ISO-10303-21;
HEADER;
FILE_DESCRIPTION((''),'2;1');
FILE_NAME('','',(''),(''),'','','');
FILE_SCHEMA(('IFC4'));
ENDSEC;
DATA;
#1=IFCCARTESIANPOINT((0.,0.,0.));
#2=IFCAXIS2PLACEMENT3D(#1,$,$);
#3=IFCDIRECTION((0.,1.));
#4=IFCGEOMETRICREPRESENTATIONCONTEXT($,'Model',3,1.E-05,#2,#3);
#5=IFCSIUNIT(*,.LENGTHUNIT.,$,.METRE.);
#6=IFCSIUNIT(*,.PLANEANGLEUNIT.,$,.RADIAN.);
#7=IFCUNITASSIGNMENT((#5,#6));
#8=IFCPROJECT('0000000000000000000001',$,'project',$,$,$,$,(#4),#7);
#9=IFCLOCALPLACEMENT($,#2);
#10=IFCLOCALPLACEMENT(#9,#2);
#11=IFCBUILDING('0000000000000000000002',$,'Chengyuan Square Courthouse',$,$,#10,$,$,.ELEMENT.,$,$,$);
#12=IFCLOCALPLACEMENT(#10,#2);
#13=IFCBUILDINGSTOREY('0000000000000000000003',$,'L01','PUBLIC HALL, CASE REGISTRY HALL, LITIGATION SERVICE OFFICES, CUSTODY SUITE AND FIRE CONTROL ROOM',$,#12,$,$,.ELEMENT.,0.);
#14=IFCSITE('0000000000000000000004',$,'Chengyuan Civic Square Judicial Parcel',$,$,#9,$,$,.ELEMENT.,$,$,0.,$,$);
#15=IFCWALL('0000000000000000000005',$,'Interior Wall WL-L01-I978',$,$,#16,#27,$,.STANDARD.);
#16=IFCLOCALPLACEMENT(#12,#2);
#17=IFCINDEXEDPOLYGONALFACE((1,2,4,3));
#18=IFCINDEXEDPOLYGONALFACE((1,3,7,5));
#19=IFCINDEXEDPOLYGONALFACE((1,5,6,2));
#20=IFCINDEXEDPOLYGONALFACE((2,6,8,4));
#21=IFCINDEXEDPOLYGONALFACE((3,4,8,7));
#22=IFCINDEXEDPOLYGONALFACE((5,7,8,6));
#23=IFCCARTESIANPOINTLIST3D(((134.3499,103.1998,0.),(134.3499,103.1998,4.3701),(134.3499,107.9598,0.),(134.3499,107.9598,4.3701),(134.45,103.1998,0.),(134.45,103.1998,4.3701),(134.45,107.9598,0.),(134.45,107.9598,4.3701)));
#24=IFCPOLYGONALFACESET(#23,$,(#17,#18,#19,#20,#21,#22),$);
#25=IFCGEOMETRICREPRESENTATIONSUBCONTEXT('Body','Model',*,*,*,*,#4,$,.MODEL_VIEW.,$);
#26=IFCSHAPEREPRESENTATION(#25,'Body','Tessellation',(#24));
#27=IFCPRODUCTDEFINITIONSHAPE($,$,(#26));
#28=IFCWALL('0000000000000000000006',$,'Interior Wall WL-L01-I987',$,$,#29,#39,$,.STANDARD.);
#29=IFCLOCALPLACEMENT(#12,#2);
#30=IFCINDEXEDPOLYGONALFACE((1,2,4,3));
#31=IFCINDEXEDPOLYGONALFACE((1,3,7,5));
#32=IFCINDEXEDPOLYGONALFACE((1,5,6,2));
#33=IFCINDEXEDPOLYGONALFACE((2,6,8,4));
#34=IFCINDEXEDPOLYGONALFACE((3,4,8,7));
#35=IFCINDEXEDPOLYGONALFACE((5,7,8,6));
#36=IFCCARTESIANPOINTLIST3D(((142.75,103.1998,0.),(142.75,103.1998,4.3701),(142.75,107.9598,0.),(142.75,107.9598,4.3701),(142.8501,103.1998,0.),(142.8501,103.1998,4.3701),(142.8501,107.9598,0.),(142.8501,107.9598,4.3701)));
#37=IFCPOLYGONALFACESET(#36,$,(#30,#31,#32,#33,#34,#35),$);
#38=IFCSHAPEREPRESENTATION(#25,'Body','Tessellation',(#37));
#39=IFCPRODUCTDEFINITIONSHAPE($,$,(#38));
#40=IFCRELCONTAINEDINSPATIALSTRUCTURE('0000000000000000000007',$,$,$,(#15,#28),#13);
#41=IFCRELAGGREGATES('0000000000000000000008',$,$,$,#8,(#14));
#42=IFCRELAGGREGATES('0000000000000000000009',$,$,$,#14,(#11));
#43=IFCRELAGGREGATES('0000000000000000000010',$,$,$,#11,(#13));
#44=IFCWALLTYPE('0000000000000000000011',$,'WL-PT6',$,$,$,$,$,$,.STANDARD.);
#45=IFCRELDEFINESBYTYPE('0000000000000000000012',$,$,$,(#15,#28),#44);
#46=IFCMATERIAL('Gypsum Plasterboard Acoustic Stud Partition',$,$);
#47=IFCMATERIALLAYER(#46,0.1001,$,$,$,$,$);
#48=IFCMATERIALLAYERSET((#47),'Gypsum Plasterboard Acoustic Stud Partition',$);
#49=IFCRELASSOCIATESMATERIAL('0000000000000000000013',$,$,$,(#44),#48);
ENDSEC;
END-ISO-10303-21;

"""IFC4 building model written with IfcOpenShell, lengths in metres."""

from ifc_helpers import new_model, si_unit, direction, frame, frame_2d, origin, place, context, subcontext, project, spatial, rectangle, extrude, material, layer, layer_set, type_object, element, save


model = new_model("IFC4")

# Units and contexts
model_context = context("Model", 3, precision=1e-05, world=origin(), true_north=direction((0.0, 1.0)))
body_context = subcontext(model_context, "Body", "Model", "MODEL_VIEW")
ifc_project = project(units=[si_unit("LENGTHUNIT", "METRE"), si_unit("PLANEANGLEUNIT", "RADIAN")], contexts=[model_context])

# Site, building, storey
site_placement = place(None, origin())
site = spatial("IfcSite", under=ifc_project, at=site_placement, Name="Chengyuan Civic Square Judicial Parcel", CompositionType="ELEMENT", RefElevation=0.0)
building_placement = place(site_placement, origin())
building = spatial("IfcBuilding", under=site, at=building_placement, Name="Chengyuan Square Courthouse", CompositionType="ELEMENT")
storey_placement = place(building_placement, origin())
storey = spatial("IfcBuildingStorey", under=building, at=storey_placement, Name="L01", Description="PUBLIC HALL, CASE REGISTRY HALL, LITIGATION SERVICE OFFICES, CUSTODY SUITE AND FIRE CONTROL ROOM", CompositionType="ELEMENT", Elevation=0.0)

# Shared definitions
ifc_material_1 = material(Name="Gypsum Plasterboard Acoustic Stud Partition")
ifc_layer_1 = layer(ifc_material_1, 0.1001)
ifc_layer_set_1 = layer_set([ifc_layer_1], Name="Gypsum Plasterboard Acoustic Stud Partition")
wall_type_1 = type_object("IfcWallType", Name="WL-PT6", PredefinedType="STANDARD", material=ifc_layer_set_1)

# Walls
for number, where, z_axis, x_axis, name in (
    (1, (134.3999, 103.2, 0.0), (0.0, 0.0, 1.0), (0.0, 1.0, 0.0), "Interior Wall WL-L01-I978"),
    (2, (142.8, 103.2, 0.0), (0.0, 0.0, 1.0), (0.0, 1.0, 0.0), "Interior Wall WL-L01-I987"),
):
    element("IfcWall", number, at=place(storey_placement, frame(where, z_axis=z_axis, x_axis=x_axis)), inside=storey, type_object=wall_type_1, Name=name, PredefinedType="STANDARD", context=body_context, shape_type="SweptSolid", body=[
        extrude(rectangle(XDim=4.76, YDim=0.1001, at=frame_2d((2.3799, 0.0))), origin(), (0.0, 0.0, 1.0), 4.3701),
    ])

save(model, "model.ifc")
